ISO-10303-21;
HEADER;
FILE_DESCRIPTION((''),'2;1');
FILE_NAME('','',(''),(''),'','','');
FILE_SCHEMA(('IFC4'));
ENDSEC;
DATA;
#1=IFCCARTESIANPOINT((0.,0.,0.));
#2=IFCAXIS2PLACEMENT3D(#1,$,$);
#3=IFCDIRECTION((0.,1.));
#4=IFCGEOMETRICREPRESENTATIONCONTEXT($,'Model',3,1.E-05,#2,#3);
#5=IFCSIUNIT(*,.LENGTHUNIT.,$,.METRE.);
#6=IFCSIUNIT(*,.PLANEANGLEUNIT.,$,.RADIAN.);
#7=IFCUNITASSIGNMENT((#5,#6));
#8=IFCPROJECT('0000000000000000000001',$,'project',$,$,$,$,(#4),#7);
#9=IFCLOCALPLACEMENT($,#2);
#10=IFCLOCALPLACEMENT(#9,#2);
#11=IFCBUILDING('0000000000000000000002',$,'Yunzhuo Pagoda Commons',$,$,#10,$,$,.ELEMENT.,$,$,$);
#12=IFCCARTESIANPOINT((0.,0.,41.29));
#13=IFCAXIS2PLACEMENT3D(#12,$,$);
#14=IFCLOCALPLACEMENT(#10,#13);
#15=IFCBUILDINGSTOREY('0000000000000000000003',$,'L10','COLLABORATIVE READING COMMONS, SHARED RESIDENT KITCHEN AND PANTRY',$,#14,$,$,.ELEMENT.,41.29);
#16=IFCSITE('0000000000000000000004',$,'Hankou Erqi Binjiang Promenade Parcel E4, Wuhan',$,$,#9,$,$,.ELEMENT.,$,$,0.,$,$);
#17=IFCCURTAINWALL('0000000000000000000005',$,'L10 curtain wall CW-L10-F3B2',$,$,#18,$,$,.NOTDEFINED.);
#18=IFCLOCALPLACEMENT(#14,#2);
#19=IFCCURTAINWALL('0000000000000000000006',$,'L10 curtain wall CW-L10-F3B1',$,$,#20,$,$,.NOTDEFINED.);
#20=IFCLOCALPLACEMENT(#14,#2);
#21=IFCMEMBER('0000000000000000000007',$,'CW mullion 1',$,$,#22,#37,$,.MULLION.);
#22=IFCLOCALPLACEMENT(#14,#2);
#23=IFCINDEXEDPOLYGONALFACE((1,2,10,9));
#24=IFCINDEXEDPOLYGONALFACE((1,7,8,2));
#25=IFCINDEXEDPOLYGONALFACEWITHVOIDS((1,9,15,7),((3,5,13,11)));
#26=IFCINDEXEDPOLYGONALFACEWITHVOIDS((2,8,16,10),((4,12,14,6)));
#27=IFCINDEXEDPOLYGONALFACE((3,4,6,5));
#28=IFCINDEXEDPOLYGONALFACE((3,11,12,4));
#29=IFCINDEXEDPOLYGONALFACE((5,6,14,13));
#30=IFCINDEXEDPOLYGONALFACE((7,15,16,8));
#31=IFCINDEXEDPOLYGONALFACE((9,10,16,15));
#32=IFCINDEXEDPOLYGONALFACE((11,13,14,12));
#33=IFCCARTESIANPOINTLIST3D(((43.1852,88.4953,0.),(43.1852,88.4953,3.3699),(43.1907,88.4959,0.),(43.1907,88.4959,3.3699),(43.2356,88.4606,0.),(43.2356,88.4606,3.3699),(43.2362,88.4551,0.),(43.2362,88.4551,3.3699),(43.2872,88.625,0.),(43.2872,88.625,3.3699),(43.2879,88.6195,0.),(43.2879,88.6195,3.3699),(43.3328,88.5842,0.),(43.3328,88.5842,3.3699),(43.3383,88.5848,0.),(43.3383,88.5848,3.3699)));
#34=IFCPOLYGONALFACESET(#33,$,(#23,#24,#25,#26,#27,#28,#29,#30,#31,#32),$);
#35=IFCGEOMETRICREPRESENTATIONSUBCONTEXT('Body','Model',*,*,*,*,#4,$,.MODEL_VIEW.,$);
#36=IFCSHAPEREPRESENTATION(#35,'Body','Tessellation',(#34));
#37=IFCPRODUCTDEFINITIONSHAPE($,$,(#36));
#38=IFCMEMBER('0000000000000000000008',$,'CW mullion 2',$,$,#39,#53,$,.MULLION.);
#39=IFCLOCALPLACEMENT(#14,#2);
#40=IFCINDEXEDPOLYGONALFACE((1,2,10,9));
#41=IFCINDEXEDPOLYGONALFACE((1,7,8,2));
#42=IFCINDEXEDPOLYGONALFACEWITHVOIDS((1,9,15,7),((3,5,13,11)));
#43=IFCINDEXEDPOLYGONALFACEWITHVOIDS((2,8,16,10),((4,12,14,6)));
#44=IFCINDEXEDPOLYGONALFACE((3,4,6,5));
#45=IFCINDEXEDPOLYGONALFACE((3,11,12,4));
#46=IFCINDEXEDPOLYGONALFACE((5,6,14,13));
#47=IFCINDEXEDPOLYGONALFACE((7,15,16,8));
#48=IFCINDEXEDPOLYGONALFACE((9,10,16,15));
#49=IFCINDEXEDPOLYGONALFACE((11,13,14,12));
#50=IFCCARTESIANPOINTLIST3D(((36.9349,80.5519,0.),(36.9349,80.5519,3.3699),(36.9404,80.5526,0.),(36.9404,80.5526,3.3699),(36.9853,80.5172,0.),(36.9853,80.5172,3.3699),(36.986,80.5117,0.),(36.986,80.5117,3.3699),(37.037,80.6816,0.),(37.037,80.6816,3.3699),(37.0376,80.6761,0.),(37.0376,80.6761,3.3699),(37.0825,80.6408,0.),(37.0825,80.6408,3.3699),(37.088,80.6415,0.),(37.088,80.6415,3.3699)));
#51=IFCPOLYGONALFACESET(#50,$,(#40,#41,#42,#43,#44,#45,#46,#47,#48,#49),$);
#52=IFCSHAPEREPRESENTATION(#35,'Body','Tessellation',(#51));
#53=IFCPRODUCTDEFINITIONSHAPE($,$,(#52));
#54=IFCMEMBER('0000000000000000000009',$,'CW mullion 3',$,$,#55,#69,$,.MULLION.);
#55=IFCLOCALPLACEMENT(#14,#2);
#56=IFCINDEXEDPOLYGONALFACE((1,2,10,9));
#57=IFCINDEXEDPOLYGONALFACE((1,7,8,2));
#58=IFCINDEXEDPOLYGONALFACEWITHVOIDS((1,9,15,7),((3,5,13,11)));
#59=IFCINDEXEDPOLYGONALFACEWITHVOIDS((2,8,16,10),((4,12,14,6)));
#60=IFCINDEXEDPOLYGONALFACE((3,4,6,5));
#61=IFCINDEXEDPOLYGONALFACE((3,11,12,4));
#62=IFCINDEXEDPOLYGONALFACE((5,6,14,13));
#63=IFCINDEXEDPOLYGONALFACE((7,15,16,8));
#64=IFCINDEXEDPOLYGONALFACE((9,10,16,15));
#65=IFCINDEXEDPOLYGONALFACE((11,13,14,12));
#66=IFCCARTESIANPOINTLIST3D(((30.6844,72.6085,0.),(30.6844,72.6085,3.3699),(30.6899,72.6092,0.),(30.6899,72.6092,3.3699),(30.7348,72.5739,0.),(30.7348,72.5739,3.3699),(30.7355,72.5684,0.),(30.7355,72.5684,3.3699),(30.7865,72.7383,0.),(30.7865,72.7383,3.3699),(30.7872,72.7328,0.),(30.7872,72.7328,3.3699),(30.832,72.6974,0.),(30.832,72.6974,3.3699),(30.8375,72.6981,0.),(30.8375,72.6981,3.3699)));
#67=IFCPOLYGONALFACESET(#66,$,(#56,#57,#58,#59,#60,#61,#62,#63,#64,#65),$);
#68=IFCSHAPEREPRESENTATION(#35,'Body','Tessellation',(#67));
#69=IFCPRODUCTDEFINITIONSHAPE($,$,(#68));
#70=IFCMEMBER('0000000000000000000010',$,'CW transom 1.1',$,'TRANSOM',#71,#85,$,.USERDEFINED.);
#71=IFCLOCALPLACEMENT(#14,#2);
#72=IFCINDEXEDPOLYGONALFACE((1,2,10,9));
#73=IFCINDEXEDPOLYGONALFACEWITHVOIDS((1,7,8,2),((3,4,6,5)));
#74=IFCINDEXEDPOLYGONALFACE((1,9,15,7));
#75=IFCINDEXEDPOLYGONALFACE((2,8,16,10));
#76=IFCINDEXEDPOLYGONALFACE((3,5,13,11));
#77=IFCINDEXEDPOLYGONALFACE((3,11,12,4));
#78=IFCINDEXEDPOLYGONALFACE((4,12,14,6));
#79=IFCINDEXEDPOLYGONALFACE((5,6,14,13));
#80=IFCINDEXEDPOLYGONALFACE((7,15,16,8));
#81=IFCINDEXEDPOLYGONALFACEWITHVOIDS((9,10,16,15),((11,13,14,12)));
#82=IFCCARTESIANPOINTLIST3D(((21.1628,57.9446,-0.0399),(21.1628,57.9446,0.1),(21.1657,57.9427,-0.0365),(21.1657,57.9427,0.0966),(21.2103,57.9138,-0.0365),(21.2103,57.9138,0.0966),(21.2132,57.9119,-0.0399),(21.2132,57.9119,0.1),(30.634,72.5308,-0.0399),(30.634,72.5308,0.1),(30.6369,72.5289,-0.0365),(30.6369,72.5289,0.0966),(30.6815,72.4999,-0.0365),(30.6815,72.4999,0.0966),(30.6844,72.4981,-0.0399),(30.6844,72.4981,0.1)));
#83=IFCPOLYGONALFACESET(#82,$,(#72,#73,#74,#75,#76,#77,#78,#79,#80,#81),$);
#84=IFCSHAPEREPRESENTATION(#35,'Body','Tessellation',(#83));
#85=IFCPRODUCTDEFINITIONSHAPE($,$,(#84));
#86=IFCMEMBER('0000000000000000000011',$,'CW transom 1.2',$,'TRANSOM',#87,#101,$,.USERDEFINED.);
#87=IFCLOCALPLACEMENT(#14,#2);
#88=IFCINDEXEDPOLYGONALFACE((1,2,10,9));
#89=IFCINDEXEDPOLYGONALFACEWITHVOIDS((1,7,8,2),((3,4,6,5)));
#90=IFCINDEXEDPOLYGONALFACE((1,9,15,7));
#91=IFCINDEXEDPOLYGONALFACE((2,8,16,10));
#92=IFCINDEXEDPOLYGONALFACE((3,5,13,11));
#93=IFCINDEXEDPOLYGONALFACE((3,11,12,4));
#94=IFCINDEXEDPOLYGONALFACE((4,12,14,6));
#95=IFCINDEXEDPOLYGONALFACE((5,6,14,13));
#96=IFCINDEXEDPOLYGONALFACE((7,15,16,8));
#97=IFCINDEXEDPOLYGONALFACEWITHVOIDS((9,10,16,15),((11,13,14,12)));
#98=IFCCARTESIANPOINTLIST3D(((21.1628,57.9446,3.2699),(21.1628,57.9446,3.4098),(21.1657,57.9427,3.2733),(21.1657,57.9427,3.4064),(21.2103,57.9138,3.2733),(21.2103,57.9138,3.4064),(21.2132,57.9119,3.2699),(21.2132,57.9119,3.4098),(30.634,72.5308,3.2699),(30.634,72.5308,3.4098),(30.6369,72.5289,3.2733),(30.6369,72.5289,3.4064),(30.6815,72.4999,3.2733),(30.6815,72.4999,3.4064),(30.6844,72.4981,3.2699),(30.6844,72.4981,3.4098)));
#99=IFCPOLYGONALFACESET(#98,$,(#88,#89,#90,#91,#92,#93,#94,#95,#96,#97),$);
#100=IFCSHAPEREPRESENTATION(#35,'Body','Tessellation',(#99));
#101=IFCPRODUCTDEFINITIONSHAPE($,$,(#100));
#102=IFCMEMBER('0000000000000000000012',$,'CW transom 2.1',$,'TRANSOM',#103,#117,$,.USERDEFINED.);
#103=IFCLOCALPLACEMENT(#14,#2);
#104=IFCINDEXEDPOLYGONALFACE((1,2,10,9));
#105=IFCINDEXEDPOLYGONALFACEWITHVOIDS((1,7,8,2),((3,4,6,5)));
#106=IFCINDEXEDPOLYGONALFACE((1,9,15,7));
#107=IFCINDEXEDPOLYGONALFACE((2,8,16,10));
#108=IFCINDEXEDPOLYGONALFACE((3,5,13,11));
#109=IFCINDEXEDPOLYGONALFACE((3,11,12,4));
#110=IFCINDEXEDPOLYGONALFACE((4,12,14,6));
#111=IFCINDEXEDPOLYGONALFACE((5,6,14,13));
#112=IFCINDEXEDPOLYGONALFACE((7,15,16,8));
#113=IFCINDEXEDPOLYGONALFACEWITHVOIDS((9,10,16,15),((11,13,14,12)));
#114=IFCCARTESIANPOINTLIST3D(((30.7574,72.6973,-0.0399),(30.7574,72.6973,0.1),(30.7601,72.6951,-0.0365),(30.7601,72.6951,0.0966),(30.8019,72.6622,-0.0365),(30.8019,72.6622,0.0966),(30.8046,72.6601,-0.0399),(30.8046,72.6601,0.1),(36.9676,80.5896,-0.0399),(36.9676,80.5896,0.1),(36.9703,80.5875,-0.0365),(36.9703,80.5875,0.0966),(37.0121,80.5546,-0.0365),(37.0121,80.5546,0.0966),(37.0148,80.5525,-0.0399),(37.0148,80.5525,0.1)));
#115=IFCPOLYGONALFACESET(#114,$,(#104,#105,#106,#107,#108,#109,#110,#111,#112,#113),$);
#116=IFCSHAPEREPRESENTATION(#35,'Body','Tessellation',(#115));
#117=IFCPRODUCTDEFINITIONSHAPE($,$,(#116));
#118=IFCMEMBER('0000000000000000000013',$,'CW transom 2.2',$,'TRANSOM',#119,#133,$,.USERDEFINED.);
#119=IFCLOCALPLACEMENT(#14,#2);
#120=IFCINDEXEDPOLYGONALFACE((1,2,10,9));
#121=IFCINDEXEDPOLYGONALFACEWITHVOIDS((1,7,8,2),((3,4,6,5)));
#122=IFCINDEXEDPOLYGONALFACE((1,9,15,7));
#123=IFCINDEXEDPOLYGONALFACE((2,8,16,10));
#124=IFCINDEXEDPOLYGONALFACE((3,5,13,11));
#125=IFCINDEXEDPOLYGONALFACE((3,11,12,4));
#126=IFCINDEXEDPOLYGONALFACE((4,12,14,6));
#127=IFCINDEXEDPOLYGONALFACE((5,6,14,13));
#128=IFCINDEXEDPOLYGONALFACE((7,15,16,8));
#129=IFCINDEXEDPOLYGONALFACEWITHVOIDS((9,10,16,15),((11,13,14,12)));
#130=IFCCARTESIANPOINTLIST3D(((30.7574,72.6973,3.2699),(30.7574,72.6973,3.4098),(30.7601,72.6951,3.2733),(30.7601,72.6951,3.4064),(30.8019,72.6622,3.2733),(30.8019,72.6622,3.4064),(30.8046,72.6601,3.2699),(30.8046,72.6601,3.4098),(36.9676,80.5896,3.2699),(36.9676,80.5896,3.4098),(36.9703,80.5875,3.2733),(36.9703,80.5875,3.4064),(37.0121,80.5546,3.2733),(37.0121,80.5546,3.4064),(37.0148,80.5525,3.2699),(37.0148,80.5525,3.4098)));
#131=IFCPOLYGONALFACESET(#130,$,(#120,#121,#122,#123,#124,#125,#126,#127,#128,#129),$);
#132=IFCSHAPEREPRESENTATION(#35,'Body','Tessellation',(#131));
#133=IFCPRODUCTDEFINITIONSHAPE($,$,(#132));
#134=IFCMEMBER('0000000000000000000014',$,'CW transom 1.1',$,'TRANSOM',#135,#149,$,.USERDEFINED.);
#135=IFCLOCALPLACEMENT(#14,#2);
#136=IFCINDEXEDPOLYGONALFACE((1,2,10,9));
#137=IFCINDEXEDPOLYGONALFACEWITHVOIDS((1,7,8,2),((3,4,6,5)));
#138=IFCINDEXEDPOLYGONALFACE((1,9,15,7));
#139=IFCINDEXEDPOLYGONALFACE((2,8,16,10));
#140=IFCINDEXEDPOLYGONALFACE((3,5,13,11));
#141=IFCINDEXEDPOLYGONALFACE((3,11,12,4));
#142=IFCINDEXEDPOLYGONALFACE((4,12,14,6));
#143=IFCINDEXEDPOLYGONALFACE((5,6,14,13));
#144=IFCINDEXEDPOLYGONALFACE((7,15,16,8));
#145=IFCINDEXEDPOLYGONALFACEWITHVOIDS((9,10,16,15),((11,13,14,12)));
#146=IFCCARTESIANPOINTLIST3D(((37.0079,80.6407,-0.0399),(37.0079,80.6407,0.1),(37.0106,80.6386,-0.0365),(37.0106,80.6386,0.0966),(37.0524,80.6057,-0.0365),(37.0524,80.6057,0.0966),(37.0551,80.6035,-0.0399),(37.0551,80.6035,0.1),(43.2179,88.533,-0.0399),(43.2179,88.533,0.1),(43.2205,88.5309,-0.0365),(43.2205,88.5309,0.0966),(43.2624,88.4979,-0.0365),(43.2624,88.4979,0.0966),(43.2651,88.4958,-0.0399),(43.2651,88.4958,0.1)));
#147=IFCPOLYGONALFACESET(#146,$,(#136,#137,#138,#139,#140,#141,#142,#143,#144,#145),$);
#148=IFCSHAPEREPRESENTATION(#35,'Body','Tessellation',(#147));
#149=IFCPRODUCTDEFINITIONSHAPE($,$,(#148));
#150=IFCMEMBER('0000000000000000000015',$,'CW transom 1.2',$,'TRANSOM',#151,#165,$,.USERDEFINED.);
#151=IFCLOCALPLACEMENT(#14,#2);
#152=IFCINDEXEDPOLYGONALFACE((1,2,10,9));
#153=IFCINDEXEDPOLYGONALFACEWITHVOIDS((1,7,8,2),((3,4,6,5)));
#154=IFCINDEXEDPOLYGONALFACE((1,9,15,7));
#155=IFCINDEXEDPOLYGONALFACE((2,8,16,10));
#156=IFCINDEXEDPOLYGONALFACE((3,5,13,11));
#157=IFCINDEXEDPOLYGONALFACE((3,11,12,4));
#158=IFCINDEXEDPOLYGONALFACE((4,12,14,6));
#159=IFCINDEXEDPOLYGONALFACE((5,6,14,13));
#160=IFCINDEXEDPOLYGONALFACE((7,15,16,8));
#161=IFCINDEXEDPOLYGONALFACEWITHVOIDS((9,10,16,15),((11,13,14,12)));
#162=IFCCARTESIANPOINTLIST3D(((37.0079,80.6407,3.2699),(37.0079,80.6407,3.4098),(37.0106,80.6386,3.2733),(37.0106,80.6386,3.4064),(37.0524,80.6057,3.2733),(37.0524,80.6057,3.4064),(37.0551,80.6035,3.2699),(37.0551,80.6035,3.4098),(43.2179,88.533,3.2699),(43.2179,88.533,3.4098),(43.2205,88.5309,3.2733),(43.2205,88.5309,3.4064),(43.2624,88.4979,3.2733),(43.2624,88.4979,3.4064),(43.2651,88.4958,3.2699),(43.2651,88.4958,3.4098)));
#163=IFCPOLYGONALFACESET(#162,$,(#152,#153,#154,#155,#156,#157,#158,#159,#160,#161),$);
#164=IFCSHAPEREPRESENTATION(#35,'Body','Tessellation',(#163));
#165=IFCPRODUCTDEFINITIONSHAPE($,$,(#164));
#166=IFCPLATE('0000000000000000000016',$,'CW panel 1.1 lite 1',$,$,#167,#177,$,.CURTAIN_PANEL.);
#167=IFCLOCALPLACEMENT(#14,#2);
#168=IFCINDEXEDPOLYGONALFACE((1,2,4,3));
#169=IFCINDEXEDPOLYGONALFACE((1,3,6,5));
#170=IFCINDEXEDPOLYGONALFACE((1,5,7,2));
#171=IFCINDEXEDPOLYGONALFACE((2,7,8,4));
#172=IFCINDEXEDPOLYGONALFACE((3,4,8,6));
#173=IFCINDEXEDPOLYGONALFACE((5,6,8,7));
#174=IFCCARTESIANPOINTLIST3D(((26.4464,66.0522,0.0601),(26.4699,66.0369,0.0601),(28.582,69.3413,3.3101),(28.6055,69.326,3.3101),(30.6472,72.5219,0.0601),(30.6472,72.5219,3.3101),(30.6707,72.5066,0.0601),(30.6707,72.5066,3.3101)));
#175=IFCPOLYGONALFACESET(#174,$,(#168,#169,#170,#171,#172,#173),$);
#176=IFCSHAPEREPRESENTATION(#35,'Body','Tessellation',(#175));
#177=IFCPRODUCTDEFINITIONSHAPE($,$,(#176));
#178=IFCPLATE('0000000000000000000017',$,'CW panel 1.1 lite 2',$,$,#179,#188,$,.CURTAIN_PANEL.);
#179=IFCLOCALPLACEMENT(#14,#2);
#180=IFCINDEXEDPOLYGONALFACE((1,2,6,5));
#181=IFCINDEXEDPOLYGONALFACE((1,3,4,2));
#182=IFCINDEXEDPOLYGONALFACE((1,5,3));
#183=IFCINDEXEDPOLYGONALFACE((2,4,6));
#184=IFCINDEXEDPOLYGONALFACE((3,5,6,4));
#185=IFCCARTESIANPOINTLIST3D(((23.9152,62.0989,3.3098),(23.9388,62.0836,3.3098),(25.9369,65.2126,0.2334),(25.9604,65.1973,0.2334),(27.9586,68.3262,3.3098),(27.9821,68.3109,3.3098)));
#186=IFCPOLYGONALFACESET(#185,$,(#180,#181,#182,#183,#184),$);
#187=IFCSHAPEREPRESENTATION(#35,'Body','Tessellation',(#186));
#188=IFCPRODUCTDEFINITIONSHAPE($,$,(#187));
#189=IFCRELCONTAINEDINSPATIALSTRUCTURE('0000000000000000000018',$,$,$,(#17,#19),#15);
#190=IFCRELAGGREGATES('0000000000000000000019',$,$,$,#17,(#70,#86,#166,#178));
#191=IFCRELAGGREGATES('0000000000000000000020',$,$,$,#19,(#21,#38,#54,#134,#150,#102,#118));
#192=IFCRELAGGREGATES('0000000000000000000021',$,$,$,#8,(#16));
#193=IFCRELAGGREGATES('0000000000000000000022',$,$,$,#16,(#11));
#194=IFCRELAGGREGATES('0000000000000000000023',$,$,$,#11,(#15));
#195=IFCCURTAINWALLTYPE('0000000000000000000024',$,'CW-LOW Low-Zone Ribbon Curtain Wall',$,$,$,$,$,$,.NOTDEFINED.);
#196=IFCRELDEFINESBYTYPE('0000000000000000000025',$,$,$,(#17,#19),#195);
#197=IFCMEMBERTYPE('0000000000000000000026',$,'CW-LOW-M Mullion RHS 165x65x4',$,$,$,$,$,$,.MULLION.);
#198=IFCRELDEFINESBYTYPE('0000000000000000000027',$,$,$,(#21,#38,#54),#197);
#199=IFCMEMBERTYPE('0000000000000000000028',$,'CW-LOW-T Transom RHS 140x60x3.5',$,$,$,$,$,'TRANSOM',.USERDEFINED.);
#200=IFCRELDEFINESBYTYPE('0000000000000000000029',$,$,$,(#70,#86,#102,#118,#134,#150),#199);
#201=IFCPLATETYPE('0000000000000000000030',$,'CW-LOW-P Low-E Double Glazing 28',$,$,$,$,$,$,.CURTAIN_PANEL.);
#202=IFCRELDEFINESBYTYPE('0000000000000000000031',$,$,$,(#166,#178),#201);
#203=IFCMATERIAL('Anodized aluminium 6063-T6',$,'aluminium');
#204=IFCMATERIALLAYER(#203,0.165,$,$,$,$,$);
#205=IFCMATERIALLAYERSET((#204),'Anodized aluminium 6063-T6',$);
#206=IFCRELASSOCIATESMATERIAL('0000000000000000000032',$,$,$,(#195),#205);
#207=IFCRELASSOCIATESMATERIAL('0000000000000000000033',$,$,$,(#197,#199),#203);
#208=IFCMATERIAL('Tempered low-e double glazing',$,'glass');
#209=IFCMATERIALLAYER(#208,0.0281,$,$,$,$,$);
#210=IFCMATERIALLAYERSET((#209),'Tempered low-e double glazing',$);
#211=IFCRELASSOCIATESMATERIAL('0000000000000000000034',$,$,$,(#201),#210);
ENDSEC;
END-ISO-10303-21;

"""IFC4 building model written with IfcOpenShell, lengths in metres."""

from ifc_helpers import new_model, si_unit, direction, frame, origin, origin_2d, place, context, subcontext, project, spatial, polyline, hollow_rectangle, outline, extrude, source, transform, mapped, material, layer, layer_set, material_profile, profile_set, type_object, element, aggregate, save


model = new_model("IFC4")

# Units and contexts
model_context = context("Model", 3, precision=1e-05, world=origin(), true_north=direction((0.0, 1.0)))
body_context = subcontext(model_context, "Body", "Model", "MODEL_VIEW")
ifc_project = project(units=[si_unit("LENGTHUNIT", "METRE"), si_unit("PLANEANGLEUNIT", "RADIAN")], contexts=[model_context])

# Site, building, storey
site_placement = place(None, origin())
site = spatial("IfcSite", under=ifc_project, at=site_placement, Name="Hankou Erqi Binjiang Promenade Parcel E4, Wuhan", CompositionType="ELEMENT", RefElevation=0.0)
building_placement = place(site_placement, origin())
building = spatial("IfcBuilding", under=site, at=building_placement, Name="Yunzhuo Pagoda Commons", CompositionType="ELEMENT")
storey_placement = place(building_placement, frame((0.0, 0.0, 41.29)))
storey = spatial("IfcBuildingStorey", under=building, at=storey_placement, Name="L10", Description="COLLABORATIVE READING COMMONS, SHARED RESIDENT KITCHEN AND PANTRY", CompositionType="ELEMENT", Elevation=41.29)

# Curtain wall
ifc_material_1 = material(Name="Anodized aluminium 6063-T6", Category="aluminium")
ifc_layer_1 = layer(ifc_material_1, 0.165)
ifc_layer_set_1 = layer_set([ifc_layer_1], Name="Anodized aluminium 6063-T6")
curtain_wall_type = type_object("IfcCurtainWallType", Name="CW-LOW Low-Zone Ribbon Curtain Wall", PredefinedType="NOTDEFINED", material=ifc_layer_set_1)
curtain_wall_1_placement = place(storey_placement, origin())
curtain_wall_1 = element("IfcCurtainWall", 1, at=curtain_wall_1_placement, inside=storey, type_object=curtain_wall_type, Name="L10 curtain wall CW-L10-F3B2", PredefinedType="NOTDEFINED")
ifc_material_profile_1 = material_profile(ifc_material_1, hollow_rectangle(XDim=0.0649, YDim=0.165, WallThickness=0.0039, at=origin_2d()), Name="Anodized aluminium 6063-T6")
ifc_profile_set_1 = profile_set([ifc_material_profile_1], Name="Anodized aluminium 6063-T6")
member_type_1 = type_object("IfcMemberType", Name="CW-LOW-M Mullion RHS 165x65x4", PredefinedType="MULLION", material=ifc_profile_set_1)
shared_shape_1 = source(origin(), body_context, "Body", "SweptSolid", [
    extrude(hollow_rectangle(XDim=0.0649, YDim=0.165, WallThickness=0.0039, at=origin_2d()), origin(), (0.0, 0.0, 1.0), 3.3699),
])

# Curtain wall, members
curtain_wall_2_placement = place(storey_placement, origin())
curtain_wall_2 = element("IfcCurtainWall", 2, at=curtain_wall_2_placement, inside=storey, type_object=curtain_wall_type, Name="L10 curtain wall CW-L10-F3B1", PredefinedType="NOTDEFINED")
member_1_placement = place(storey_placement, frame((43.2617, 88.54, 0.0), z_axis=(0.0, 0.0, 1.0), x_axis=(0.785883, -0.618375, 0.0)))
member_1 = element("IfcMember", 3, at=member_1_placement, type_object=member_type_1, Name="CW mullion 1", PredefinedType="MULLION", context=body_context, shape_type="MappedRepresentation", body=[
    mapped(shared_shape_1, transform((0.0, 0.0, 0.0), scale=1.0)),
])
member_2_placement = place(storey_placement, frame((37.0115, 80.5967, 0.0), z_axis=(0.0, 0.0, 1.0), x_axis=(0.785883, -0.618375, 0.0)))
member_2 = element("IfcMember", 4, at=member_2_placement, type_object=member_type_1, Name="CW mullion 2", PredefinedType="MULLION", context=body_context, shape_type="MappedRepresentation", body=[
    mapped(shared_shape_1, transform((0.0, 0.0, 0.0), scale=1.0)),
])
member_3_placement = place(storey_placement, frame((30.761, 72.6533, 0.0), z_axis=(0.0, 0.0, 1.0), x_axis=(0.785883, -0.618375, 0.0)))
member_3 = element("IfcMember", 5, at=member_3_placement, type_object=member_type_1, Name="CW mullion 3", PredefinedType="MULLION", context=body_context, shape_type="MappedRepresentation", body=[
    mapped(shared_shape_1, transform((0.0, 0.0, 0.0), scale=1.0)),
])

# Members
ifc_material_profile_2 = material_profile(ifc_material_1, hollow_rectangle(XDim=0.0601, YDim=0.1399, WallThickness=0.0034, at=origin_2d()), Name="Anodized aluminium 6063-T6")
ifc_profile_set_2 = profile_set([ifc_material_profile_2], Name="Anodized aluminium 6063-T6")
member_type_2 = type_object("IfcMemberType", Name="CW-LOW-T Transom RHS 140x60x3.5", ElementType="TRANSOM", PredefinedType="USERDEFINED", material=ifc_profile_set_2)
shared_shape_2 = source(origin(), body_context, "Body", "SweptSolid", [
    extrude(hollow_rectangle(XDim=0.0601, YDim=0.1399, WallThickness=0.0034, at=origin_2d()), origin(), (0.0, 0.0, 1.0), 17.3914),
])
member_4_placement = place(storey_placement, frame((30.6592, 72.5144, 0.03), z_axis=(-0.544591, -0.838702, 0.0), x_axis=(0.838702, -0.544591, 0.0)))
member_4 = element("IfcMember", 6, at=member_4_placement, type_object=member_type_2, Name="CW transom 1.1", ObjectType="TRANSOM", PredefinedType="USERDEFINED", context=body_context, shape_type="MappedRepresentation", body=[
    mapped(shared_shape_2, transform((0.0, 0.0, 0.0), scale=1.0)),
])
member_5_placement = place(storey_placement, frame((30.6592, 72.5144, 3.3398), z_axis=(-0.544591, -0.838702, 0.0), x_axis=(0.838702, -0.544591, 0.0)))
member_5 = element("IfcMember", 7, at=member_5_placement, type_object=member_type_2, Name="CW transom 1.2", ObjectType="TRANSOM", PredefinedType="USERDEFINED", context=body_context, shape_type="MappedRepresentation", body=[
    mapped(shared_shape_2, transform((0.0, 0.0, 0.0), scale=1.0)),
])
shared_shape_3 = source(origin(), body_context, "Body", "SweptSolid", [
    extrude(hollow_rectangle(XDim=0.0601, YDim=0.1399, WallThickness=0.0034, at=origin_2d()), origin(), (0.0, 0.0, 1.0), 10.0427),
])
member_6_placement = place(storey_placement, frame((36.9912, 80.571, 0.03), z_axis=(-0.618381, -0.785879, 0.0), x_axis=(0.785879, -0.618381, 0.0)))
member_6 = element("IfcMember", 8, at=member_6_placement, type_object=member_type_2, Name="CW transom 2.1", ObjectType="TRANSOM", PredefinedType="USERDEFINED", context=body_context, shape_type="MappedRepresentation", body=[
    mapped(shared_shape_3, transform((0.0, 0.0, 0.0), scale=1.0)),
])
member_7_placement = place(storey_placement, frame((36.9912, 80.571, 3.3398), z_axis=(-0.618381, -0.785879, 0.0), x_axis=(0.785879, -0.618381, 0.0)))
member_7 = element("IfcMember", 9, at=member_7_placement, type_object=member_type_2, Name="CW transom 2.2", ObjectType="TRANSOM", PredefinedType="USERDEFINED", context=body_context, shape_type="MappedRepresentation", body=[
    mapped(shared_shape_3, transform((0.0, 0.0, 0.0), scale=1.0)),
])
shared_shape_4 = source(origin(), body_context, "Body", "SweptSolid", [
    extrude(hollow_rectangle(XDim=0.0601, YDim=0.1399, WallThickness=0.0034, at=origin_2d()), origin(), (0.0, 0.0, 1.0), 10.0425),
])
member_8_placement = place(storey_placement, frame((43.2415, 88.5144, 0.03), z_axis=(-0.618366, -0.78589, 0.0), x_axis=(0.78589, -0.618366, 0.0)))
member_8 = element("IfcMember", 10, at=member_8_placement, type_object=member_type_2, Name="CW transom 1.1", ObjectType="TRANSOM", PredefinedType="USERDEFINED", context=body_context, shape_type="MappedRepresentation", body=[
    mapped(shared_shape_4, transform((0.0, 0.0, 0.0), scale=1.0)),
])
member_9_placement = place(storey_placement, frame((43.2415, 88.5144, 3.3398), z_axis=(-0.618366, -0.78589, 0.0), x_axis=(0.78589, -0.618366, 0.0)))
member_9 = element("IfcMember", 11, at=member_9_placement, type_object=member_type_2, Name="CW transom 1.2", ObjectType="TRANSOM", PredefinedType="USERDEFINED", context=body_context, shape_type="MappedRepresentation", body=[
    mapped(shared_shape_4, transform((0.0, 0.0, 0.0), scale=1.0)),
])

# Plates
ifc_material_2 = material(Name="Tempered low-e double glazing", Category="glass")
ifc_layer_2 = layer(ifc_material_2, 0.0281)
ifc_layer_set_2 = layer_set([ifc_layer_2], Name="Tempered low-e double glazing")
plate_type_1 = type_object("IfcPlateType", Name="CW-LOW-P Low-E Double Glazing 28", PredefinedType="CURTAIN_PANEL", material=ifc_layer_set_2)
plate_1_placement = place(storey_placement, frame((28.5703, 69.2717, 1.6851), z_axis=(-0.83871, 0.544579, 0.0), x_axis=(-0.544579, -0.83871, 0.0)))
plate_1 = element("IfcPlate", 12, at=plate_1_placement, type_object=plate_type_1, Name="CW panel 1.1 lite 1", PredefinedType="CURTAIN_PANEL", context=body_context, shape_type="SweptSolid", body=[
    extrude(outline(polyline([(-3.8569, -1.625), (3.8569, -1.625), (-0.0647, 1.625), (-3.8569, 1.625), (-3.8569, -1.625)])), origin(), (0.0, 0.0, 1.0), 0.0281),
])
plate_2_placement = place(storey_placement, frame((25.9604, 65.1973, 1.7717), z_axis=(-0.83871, 0.544579, 0.0), x_axis=(-0.544579, -0.83871, 0.0)))
plate_2 = element("IfcPlate", 13, at=plate_2_placement, type_object=plate_type_1, Name="CW panel 1.1 lite 2", PredefinedType="CURTAIN_PANEL", context=body_context, shape_type="SweptSolid", body=[
    extrude(outline(polyline([(-3.7124, 1.5381), (0.0, -1.5383), (3.7124, 1.5381), (-3.7124, 1.5381)])), origin(), (0.0, 0.0, 1.0), 0.0281),
])
aggregate(curtain_wall_1, [member_4, member_5, plate_1, plate_2])

aggregate(curtain_wall_2, [member_1, member_2, member_3, member_8, member_9, member_6, member_7])

save(model, "model.ifc")
